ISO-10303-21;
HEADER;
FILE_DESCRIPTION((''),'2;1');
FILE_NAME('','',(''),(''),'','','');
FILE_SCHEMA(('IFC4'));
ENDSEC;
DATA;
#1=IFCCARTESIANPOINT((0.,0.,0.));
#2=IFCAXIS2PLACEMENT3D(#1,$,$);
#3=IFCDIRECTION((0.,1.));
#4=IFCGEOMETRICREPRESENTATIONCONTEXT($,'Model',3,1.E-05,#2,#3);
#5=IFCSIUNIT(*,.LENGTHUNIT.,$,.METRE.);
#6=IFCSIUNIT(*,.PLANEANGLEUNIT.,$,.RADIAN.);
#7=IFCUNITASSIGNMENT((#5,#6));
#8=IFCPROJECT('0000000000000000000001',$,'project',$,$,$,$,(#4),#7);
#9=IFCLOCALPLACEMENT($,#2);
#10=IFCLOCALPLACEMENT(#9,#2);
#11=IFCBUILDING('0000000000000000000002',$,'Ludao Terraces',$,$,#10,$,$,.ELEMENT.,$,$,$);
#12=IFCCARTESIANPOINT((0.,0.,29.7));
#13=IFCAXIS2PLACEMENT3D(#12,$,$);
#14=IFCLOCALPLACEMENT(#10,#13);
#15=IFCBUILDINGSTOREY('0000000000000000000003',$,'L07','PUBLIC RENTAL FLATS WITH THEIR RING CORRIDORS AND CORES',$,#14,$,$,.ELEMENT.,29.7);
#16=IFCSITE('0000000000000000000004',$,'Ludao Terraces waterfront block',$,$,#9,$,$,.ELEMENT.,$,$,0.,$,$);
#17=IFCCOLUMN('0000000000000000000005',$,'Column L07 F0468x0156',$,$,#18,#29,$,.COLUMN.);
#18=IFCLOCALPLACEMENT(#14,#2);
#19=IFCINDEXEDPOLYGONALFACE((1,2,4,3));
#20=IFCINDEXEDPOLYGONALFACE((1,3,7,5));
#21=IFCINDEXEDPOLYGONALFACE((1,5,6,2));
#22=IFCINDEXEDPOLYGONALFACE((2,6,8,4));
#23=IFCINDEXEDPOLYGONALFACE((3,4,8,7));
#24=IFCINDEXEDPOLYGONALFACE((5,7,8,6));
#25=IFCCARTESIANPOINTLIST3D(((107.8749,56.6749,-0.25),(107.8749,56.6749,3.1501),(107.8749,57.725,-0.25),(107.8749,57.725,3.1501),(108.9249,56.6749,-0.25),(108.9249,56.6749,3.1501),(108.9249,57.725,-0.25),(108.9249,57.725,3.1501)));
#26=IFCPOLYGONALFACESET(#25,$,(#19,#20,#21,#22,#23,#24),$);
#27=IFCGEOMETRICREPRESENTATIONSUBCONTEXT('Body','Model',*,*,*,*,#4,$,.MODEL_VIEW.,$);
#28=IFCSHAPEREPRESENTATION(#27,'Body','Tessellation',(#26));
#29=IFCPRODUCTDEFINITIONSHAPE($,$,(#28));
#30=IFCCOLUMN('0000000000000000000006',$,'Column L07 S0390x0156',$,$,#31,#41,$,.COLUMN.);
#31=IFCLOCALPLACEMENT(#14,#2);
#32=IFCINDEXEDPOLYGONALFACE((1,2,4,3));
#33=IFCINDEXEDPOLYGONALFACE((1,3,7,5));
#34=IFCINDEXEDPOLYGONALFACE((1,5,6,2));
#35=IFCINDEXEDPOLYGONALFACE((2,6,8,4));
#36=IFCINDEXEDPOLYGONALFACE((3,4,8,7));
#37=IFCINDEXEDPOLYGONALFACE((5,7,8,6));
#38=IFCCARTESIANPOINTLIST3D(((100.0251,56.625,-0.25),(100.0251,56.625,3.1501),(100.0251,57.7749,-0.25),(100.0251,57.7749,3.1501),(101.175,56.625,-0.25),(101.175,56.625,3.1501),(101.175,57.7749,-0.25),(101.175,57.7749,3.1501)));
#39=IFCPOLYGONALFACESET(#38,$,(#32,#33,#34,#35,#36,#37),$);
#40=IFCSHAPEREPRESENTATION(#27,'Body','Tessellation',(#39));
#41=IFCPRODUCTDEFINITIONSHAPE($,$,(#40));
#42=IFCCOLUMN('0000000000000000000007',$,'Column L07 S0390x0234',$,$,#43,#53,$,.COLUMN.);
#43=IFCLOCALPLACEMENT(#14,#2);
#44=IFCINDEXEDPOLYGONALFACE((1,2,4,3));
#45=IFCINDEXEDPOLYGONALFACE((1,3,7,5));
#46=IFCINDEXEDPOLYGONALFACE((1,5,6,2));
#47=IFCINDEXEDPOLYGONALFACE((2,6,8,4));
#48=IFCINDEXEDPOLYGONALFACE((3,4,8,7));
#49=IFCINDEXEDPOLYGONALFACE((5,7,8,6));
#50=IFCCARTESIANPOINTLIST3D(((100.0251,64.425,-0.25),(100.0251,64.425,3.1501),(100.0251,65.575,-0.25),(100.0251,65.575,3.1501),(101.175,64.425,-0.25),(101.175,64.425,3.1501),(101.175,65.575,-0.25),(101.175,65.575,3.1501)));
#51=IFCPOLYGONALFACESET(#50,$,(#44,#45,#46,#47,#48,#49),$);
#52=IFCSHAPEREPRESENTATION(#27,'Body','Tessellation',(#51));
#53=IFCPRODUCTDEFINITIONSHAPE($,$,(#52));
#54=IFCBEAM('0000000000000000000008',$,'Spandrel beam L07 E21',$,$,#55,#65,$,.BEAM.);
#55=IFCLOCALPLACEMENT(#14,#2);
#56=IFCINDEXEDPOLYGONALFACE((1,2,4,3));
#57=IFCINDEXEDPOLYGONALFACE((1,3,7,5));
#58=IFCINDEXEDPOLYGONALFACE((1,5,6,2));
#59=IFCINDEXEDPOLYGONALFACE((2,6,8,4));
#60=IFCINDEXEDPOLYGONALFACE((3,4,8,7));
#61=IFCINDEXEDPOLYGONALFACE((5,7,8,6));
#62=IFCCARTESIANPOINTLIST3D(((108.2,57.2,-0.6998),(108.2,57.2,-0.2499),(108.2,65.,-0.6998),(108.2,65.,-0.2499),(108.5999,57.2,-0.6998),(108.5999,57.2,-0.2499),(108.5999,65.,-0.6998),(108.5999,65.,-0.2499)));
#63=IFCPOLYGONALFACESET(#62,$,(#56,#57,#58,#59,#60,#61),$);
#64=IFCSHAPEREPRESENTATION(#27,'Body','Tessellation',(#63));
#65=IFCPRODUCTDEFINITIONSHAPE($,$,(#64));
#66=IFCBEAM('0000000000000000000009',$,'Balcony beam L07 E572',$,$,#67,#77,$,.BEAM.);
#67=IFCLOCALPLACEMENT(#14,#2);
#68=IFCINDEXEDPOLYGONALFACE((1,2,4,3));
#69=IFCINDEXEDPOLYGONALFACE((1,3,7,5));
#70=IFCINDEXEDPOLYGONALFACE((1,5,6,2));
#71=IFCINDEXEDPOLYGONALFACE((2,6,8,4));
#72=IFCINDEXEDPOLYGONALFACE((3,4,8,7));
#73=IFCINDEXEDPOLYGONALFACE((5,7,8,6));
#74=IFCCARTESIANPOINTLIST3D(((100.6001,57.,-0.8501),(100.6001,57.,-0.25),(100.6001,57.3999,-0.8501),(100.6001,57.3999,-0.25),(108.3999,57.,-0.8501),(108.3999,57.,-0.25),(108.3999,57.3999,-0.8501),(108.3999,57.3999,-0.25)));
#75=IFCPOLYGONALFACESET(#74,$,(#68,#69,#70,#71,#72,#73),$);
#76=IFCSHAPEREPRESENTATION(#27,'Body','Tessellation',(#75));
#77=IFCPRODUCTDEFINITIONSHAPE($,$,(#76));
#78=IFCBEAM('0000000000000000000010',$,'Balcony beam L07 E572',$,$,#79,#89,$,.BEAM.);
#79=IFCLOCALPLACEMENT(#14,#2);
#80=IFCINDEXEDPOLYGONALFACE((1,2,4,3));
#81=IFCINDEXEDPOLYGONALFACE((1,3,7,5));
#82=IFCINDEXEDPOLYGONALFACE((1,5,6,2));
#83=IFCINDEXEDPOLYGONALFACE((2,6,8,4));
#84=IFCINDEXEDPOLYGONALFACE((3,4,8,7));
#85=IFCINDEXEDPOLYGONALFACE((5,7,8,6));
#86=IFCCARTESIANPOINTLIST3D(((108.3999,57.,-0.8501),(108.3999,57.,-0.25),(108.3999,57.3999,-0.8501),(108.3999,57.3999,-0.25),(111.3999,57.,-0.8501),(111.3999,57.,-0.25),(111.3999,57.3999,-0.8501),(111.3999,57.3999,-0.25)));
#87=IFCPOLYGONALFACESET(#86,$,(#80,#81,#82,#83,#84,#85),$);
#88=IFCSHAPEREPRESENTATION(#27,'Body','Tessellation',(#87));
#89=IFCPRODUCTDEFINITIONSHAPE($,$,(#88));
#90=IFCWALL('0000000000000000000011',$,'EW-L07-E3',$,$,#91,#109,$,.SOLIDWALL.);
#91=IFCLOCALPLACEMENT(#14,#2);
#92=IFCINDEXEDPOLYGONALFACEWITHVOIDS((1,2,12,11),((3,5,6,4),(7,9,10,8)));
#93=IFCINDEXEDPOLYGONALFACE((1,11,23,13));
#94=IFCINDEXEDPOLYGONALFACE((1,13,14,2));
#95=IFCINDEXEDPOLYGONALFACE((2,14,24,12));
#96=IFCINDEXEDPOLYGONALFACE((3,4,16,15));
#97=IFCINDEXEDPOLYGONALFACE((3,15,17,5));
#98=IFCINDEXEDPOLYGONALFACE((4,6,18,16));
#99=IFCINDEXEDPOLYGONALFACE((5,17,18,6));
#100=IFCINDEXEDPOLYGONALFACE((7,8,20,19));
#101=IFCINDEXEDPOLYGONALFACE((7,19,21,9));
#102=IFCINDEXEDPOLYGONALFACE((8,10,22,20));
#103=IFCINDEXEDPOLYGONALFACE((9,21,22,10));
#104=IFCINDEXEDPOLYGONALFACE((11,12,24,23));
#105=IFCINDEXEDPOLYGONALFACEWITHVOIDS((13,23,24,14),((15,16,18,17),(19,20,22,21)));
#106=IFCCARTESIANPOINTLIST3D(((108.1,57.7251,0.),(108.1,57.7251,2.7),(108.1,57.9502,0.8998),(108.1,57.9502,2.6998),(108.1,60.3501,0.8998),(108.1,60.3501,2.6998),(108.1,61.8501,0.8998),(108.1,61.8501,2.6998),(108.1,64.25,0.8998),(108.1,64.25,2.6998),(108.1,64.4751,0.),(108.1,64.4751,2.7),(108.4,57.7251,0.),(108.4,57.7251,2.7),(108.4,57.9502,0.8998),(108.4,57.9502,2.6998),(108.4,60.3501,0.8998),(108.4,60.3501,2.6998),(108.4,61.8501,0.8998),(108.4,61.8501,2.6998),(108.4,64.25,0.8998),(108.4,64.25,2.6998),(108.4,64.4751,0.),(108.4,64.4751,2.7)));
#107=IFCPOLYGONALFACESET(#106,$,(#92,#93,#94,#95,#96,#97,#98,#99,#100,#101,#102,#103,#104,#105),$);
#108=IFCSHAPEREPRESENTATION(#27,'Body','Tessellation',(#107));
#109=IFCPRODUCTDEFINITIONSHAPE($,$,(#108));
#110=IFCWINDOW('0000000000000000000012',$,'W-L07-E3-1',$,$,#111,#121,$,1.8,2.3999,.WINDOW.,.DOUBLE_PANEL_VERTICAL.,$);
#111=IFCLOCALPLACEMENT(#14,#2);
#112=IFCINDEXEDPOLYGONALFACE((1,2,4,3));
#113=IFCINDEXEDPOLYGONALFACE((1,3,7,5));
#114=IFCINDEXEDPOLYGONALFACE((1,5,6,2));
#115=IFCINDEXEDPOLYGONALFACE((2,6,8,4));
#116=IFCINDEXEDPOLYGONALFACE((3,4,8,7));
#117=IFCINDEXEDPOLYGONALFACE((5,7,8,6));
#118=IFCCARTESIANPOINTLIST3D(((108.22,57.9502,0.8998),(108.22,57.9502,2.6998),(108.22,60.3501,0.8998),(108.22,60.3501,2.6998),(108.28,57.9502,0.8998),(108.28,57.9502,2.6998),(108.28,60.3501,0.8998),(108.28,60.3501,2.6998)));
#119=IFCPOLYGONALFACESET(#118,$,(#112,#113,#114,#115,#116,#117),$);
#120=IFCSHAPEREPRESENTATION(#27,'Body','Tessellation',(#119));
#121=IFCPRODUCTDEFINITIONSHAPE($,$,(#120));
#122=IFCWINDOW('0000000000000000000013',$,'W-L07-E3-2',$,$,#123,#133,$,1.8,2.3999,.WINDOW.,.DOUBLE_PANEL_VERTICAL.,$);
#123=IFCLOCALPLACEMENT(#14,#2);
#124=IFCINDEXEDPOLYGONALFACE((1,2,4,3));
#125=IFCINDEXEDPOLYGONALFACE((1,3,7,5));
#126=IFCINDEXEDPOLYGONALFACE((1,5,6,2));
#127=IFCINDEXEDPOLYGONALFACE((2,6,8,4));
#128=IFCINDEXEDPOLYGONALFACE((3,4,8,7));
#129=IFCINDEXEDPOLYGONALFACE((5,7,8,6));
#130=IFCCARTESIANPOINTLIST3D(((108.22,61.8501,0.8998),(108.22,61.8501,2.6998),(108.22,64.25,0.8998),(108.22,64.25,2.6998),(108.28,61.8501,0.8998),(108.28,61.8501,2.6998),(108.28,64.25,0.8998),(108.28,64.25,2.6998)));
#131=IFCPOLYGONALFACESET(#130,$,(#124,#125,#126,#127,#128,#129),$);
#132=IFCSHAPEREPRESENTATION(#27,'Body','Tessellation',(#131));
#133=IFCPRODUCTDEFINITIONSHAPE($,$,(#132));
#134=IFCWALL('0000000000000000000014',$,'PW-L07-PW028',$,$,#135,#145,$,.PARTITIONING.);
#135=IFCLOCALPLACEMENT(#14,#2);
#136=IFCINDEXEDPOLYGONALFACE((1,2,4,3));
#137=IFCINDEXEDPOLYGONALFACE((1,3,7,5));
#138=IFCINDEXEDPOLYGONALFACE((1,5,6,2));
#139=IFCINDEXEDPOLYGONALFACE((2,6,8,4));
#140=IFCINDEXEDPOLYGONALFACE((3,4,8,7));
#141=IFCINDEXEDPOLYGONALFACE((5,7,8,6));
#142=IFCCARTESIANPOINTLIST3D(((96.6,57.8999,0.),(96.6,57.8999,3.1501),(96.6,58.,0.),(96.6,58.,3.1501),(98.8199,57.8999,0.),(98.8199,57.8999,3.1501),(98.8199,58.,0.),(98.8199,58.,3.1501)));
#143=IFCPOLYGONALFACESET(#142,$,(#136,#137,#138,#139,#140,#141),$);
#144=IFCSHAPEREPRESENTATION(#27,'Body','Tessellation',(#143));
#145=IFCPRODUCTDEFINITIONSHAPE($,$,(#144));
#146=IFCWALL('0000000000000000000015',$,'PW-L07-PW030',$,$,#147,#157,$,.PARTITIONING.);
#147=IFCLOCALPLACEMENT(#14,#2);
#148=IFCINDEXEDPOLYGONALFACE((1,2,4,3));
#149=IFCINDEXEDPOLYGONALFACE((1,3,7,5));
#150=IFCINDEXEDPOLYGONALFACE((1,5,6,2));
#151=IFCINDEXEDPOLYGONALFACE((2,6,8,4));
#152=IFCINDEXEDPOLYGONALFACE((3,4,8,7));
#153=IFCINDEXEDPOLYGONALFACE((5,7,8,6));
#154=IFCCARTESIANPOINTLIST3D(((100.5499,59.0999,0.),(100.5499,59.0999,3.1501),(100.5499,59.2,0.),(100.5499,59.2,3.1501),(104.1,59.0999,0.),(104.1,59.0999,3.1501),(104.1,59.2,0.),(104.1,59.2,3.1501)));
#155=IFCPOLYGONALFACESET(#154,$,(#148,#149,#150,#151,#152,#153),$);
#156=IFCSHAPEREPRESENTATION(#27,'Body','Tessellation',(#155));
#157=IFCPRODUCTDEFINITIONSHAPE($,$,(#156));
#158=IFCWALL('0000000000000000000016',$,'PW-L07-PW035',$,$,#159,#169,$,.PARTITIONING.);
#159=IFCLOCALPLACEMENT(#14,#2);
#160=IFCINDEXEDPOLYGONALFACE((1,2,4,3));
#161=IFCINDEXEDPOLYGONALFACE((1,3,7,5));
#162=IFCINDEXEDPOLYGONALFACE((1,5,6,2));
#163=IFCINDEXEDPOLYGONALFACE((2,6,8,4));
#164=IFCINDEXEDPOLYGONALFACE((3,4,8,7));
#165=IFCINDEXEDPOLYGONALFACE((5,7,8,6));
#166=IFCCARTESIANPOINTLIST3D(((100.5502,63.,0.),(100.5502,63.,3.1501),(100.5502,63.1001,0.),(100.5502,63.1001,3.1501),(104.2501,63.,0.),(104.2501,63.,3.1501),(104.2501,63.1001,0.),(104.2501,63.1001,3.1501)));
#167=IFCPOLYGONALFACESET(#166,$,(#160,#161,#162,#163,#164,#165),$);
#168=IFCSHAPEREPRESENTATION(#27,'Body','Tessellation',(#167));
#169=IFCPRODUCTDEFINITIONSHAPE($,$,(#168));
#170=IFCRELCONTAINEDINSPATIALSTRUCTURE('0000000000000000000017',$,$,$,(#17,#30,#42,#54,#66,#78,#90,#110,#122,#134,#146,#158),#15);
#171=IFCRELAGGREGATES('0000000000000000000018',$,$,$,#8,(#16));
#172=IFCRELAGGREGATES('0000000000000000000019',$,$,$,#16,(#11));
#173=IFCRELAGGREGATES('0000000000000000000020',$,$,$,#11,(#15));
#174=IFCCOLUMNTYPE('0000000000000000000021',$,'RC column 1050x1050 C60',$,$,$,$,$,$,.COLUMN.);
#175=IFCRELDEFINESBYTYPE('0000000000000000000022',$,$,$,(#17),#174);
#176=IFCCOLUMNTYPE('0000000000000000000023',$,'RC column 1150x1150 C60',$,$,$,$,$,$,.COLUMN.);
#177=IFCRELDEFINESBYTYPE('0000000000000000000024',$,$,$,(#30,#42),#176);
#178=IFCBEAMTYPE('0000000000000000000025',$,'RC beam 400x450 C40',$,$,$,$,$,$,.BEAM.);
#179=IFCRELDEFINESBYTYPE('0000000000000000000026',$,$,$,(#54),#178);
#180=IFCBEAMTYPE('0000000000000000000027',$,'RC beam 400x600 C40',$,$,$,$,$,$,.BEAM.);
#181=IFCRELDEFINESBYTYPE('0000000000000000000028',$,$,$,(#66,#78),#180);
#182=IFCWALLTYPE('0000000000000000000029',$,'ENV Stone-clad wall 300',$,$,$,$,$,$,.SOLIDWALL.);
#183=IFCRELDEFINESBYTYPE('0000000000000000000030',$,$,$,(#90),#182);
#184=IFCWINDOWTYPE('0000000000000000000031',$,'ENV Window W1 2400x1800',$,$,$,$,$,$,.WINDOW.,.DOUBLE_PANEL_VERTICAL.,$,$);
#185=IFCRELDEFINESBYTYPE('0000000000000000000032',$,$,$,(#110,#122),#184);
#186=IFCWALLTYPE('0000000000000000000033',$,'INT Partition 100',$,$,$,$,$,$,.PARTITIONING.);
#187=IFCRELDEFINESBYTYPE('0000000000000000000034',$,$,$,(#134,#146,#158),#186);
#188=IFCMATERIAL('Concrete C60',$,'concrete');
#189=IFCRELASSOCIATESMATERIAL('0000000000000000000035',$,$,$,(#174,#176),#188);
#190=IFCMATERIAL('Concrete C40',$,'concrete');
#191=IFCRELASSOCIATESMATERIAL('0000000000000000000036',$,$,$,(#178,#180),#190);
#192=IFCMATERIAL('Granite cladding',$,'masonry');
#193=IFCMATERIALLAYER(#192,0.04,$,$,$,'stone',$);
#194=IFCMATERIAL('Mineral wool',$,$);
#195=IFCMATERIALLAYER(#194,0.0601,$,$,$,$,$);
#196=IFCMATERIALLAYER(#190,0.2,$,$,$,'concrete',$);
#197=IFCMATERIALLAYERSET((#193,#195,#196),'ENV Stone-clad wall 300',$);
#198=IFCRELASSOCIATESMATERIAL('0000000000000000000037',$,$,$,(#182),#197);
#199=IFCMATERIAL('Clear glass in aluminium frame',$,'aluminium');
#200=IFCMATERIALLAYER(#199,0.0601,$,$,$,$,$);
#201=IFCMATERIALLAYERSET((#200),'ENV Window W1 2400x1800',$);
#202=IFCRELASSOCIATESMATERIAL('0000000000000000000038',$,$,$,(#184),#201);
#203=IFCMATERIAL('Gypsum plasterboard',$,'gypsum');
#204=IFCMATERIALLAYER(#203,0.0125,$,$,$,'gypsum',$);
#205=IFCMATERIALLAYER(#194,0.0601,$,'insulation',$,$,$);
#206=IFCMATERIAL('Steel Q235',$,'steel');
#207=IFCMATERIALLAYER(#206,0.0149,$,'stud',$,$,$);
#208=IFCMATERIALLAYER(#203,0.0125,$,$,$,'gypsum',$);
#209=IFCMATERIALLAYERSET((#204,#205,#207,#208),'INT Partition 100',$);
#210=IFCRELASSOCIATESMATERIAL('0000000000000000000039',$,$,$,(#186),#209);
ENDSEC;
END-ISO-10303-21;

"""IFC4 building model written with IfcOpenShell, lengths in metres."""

from ifc_helpers import new_model, si_unit, direction, frame, frame_2d, origin, origin_2d, place, context, subcontext, project, spatial, rectangle, extrude, material, layer, layer_set, material_profile, profile_set, type_object, element, fill, save


model = new_model("IFC4")

# Units and contexts
model_context = context("Model", 3, precision=1e-05, world=origin(), true_north=direction((0.0, 1.0)))
body_context = subcontext(model_context, "Body", "Model", "MODEL_VIEW")
ifc_project = project(units=[si_unit("LENGTHUNIT", "METRE"), si_unit("PLANEANGLEUNIT", "RADIAN")], contexts=[model_context])

# Site, building, storey
site_placement = place(None, origin())
site = spatial("IfcSite", under=ifc_project, at=site_placement, Name="Ludao Terraces waterfront block", CompositionType="ELEMENT", RefElevation=0.0)
building_placement = place(site_placement, origin())
building = spatial("IfcBuilding", under=site, at=building_placement, Name="Ludao Terraces", CompositionType="ELEMENT")
storey_placement = place(building_placement, frame((0.0, 0.0, 29.7)))
storey = spatial("IfcBuildingStorey", under=building, at=storey_placement, Name="L07", Description="PUBLIC RENTAL FLATS WITH THEIR RING CORRIDORS AND CORES", CompositionType="ELEMENT", Elevation=29.7)

# Columns
ifc_material_1 = material(Name="Concrete C60", Category="concrete")
ifc_material_profile_1 = material_profile(ifc_material_1, rectangle(XDim=1.05, YDim=1.05, at=origin_2d()), Name="1050 X 1050")
ifc_profile_set_1 = profile_set([ifc_material_profile_1], Name="Concrete C60")
column_type_1 = type_object("IfcColumnType", Name="RC column 1050x1050 C60", PredefinedType="COLUMN", material=ifc_profile_set_1)
column_placement = place(storey_placement, frame((108.3999, 57.2, -0.25), z_axis=(0.0, 0.0, 1.0), x_axis=(1.0, 0.0, 0.0)))
element("IfcColumn", 1, at=column_placement, inside=storey, type_object=column_type_1, Name="Column L07 F0468x0156", PredefinedType="COLUMN", context=body_context, shape_type="SweptSolid", body=[
    extrude(rectangle(XDim=1.05, YDim=1.05, at=origin_2d()), origin(), (0.0, 0.0, 1.0), 3.4001),
])
ifc_material_profile_2 = material_profile(ifc_material_1, rectangle(XDim=1.1499, YDim=1.1499, at=origin_2d()), Name="1150 X 1150")
ifc_profile_set_2 = profile_set([ifc_material_profile_2], Name="Concrete C60")
column_type_2 = type_object("IfcColumnType", Name="RC column 1150x1150 C60", PredefinedType="COLUMN", material=ifc_profile_set_2)
for number, where, z_axis, x_axis, name in (
    (2, (100.6001, 57.2, -0.25), (0.0, 0.0, 1.0), (1.0, 0.0, 0.0), "Column L07 S0390x0156"),
    (3, (100.6001, 65.0, -0.25), (0.0, 0.0, 1.0), (1.0, 0.0, 0.0), "Column L07 S0390x0234"),
):
    element("IfcColumn", number, at=place(storey_placement, frame(where, z_axis=z_axis, x_axis=x_axis)), inside=storey, type_object=column_type_2, Name=name, PredefinedType="COLUMN", context=body_context, shape_type="SweptSolid", body=[
        extrude(rectangle(XDim=1.1499, YDim=1.1499, at=origin_2d()), origin(), (0.0, 0.0, 1.0), 3.4001),
    ])

# Beams
ifc_material_2 = material(Name="Concrete C40", Category="concrete")
ifc_material_profile_3 = material_profile(ifc_material_2, rectangle(XDim=0.3999, YDim=0.45, at=origin_2d()), Name="400 X 450")
ifc_profile_set_3 = profile_set([ifc_material_profile_3], Name="Concrete C40")
beam_type_1 = type_object("IfcBeamType", Name="RC beam 400x450 C40", PredefinedType="BEAM", material=ifc_profile_set_3)
beam_1_placement = place(storey_placement, frame((108.3999, 57.2, -0.4749), z_axis=(0.0, 1.0, 0.0), x_axis=(-1.0, 0.0, 0.0)))
element("IfcBeam", 4, at=beam_1_placement, inside=storey, type_object=beam_type_1, Name="Spandrel beam L07 E21", PredefinedType="BEAM", context=body_context, shape_type="SweptSolid", body=[
    extrude(rectangle(XDim=0.3999, YDim=0.45, at=origin_2d()), origin(), (0.0, 0.0, 1.0), 7.8),
])
ifc_material_profile_4 = material_profile(ifc_material_2, rectangle(XDim=0.3999, YDim=0.6001, at=origin_2d()), Name="400 X 600")
ifc_profile_set_4 = profile_set([ifc_material_profile_4], Name="Concrete C40")
beam_type_2 = type_object("IfcBeamType", Name="RC beam 400x600 C40", PredefinedType="BEAM", material=ifc_profile_set_4)
beam_2_placement = place(storey_placement, frame((100.6001, 57.2, -0.55), z_axis=(1.0, 0.0, 0.0), x_axis=(0.0, 1.0, 0.0)))
element("IfcBeam", 5, at=beam_2_placement, inside=storey, type_object=beam_type_2, Name="Balcony beam L07 E572", PredefinedType="BEAM", context=body_context, shape_type="SweptSolid", body=[
    extrude(rectangle(XDim=0.3999, YDim=0.6001, at=origin_2d()), origin(), (0.0, 0.0, 1.0), 7.7998),
])
beam_3_placement = place(storey_placement, frame((108.3999, 57.2, -0.55), z_axis=(1.0, 0.0, 0.0), x_axis=(0.0, 1.0, 0.0)))
element("IfcBeam", 6, at=beam_3_placement, inside=storey, type_object=beam_type_2, Name="Balcony beam L07 E572", PredefinedType="BEAM", context=body_context, shape_type="SweptSolid", body=[
    extrude(rectangle(XDim=0.3999, YDim=0.6001, at=origin_2d()), origin(), (0.0, 0.0, 1.0), 3.0),
])

# Wall, openings, windows
ifc_material_3 = material(Name="Granite cladding", Category="masonry")
ifc_layer_1 = layer(ifc_material_3, 0.04, Category="stone")
ifc_material_4 = material(Name="Mineral wool")
ifc_layer_2 = layer(ifc_material_4, 0.0601)
ifc_layer_3 = layer(ifc_material_2, 0.2, Category="concrete")
ifc_layer_set_1 = layer_set([ifc_layer_1, ifc_layer_2, ifc_layer_3], Name="ENV Stone-clad wall 300")
wall_type_1 = type_object("IfcWallType", Name="ENV Stone-clad wall 300", PredefinedType="SOLIDWALL", material=ifc_layer_set_1)
wall_1_placement = place(storey_placement, frame((108.25, 57.7251, 0.0), z_axis=(0.0, 0.0, 1.0), x_axis=(0.0, 1.0, 0.0)))
wall_1 = element("IfcWall", 7, at=wall_1_placement, inside=storey, type_object=wall_type_1, Name="EW-L07-E3", PredefinedType="SOLIDWALL", context=body_context, shape_type="SweptSolid", body=[
    extrude(rectangle(XDim=6.75, YDim=0.3, at=frame_2d((3.375, 0.0))), origin(), (0.0, 0.0, 1.0), 2.7),
])
opening_1_placement = place(wall_1_placement, frame((0.2251, 0.0, 0.8999)))
opening_1 = element("IfcOpeningElement", 8, at=opening_1_placement, cuts=wall_1, PredefinedType="OPENING", context=body_context, shape_type="SweptSolid", body=[
    extrude(rectangle(XDim=2.3999, YDim=1.8, at=frame_2d((1.2, 0.8999))), frame((0.0, 0.1602, 0.0), z_axis=(0.0, -1.0, 0.0), x_axis=(1.0, 0.0, 0.0)), (0.0, 0.0, 1.0), 0.3201),
])
opening_2_placement = place(wall_1_placement, frame((4.125, 0.0, 0.8999)))
opening_2 = element("IfcOpeningElement", 9, at=opening_2_placement, cuts=wall_1, PredefinedType="OPENING", context=body_context, shape_type="SweptSolid", body=[
    extrude(rectangle(XDim=2.3999, YDim=1.8, at=frame_2d((1.2, 0.8999))), frame((0.0, 0.1602, 0.0), z_axis=(0.0, -1.0, 0.0), x_axis=(1.0, 0.0, 0.0)), (0.0, 0.0, 1.0), 0.3201),
])
ifc_material_5 = material(Name="Clear glass in aluminium frame", Category="aluminium")
ifc_layer_4 = layer(ifc_material_5, 0.0601)
ifc_layer_set_2 = layer_set([ifc_layer_4], Name="ENV Window W1 2400x1800")
window_type = type_object("IfcWindowType", Name="ENV Window W1 2400x1800", PartitioningType="DOUBLE_PANEL_VERTICAL", PredefinedType="WINDOW", material=ifc_layer_set_2)
window_1_placement = place(opening_1_placement, origin())
window_1 = element("IfcWindow", 10, at=window_1_placement, inside=storey, type_object=window_type, Name="W-L07-E3-1", OverallHeight=1.8, OverallWidth=2.3999, PartitioningType="DOUBLE_PANEL_VERTICAL", PredefinedType="WINDOW", context=body_context, shape_type="SweptSolid", body=[
    extrude(rectangle(XDim=2.3999, YDim=1.8, at=frame_2d((1.2, 0.8999))), frame((0.0, 0.03, 0.0), z_axis=(0.0, -1.0, 0.0), x_axis=(1.0, 0.0, 0.0)), (0.0, 0.0, 1.0), 0.0601),
])
fill(opening_1, window_1)
window_2_placement = place(opening_2_placement, origin())
window_2 = element("IfcWindow", 11, at=window_2_placement, inside=storey, type_object=window_type, Name="W-L07-E3-2", OverallHeight=1.8, OverallWidth=2.3999, PartitioningType="DOUBLE_PANEL_VERTICAL", PredefinedType="WINDOW", context=body_context, shape_type="SweptSolid", body=[
    extrude(rectangle(XDim=2.3999, YDim=1.8, at=frame_2d((1.2, 0.8999))), frame((0.0, 0.03, 0.0), z_axis=(0.0, -1.0, 0.0), x_axis=(1.0, 0.0, 0.0)), (0.0, 0.0, 1.0), 0.0601),
])
fill(opening_2, window_2)

# Walls
ifc_material_6 = material(Name="Gypsum plasterboard", Category="gypsum")
ifc_layer_5 = layer(ifc_material_6, 0.0125, Category="gypsum")
ifc_layer_6 = layer(ifc_material_4, 0.0601, Name="insulation")
ifc_material_7 = material(Name="Steel Q235", Category="steel")
ifc_layer_7 = layer(ifc_material_7, 0.0149, Name="stud")
ifc_layer_8 = layer(ifc_material_6, 0.0125, Category="gypsum")
ifc_layer_set_3 = layer_set([ifc_layer_5, ifc_layer_6, ifc_layer_7, ifc_layer_8], Name="INT Partition 100")
wall_type_2 = type_object("IfcWallType", Name="INT Partition 100", PredefinedType="PARTITIONING", material=ifc_layer_set_3)
wall_2_placement = place(storey_placement, frame((96.6001, 57.95, 0.0), z_axis=(0.0, 0.0, 1.0), x_axis=(1.0, 0.0, 0.0)))
element("IfcWall", 12, at=wall_2_placement, inside=storey, type_object=wall_type_2, Name="PW-L07-PW028", PredefinedType="PARTITIONING", context=body_context, shape_type="SweptSolid", body=[
    extrude(rectangle(XDim=2.22, YDim=0.1001, at=frame_2d((1.1099, 0.0))), origin(), (0.0, 0.0, 1.0), 3.1501),
])
wall_3_placement = place(storey_placement, frame((100.55, 59.1499, 0.0), z_axis=(0.0, 0.0, 1.0), x_axis=(1.0, 0.0, 0.0)))
element("IfcWall", 13, at=wall_3_placement, inside=storey, type_object=wall_type_2, Name="PW-L07-PW030", PredefinedType="PARTITIONING", context=body_context, shape_type="SweptSolid", body=[
    extrude(rectangle(XDim=3.55, YDim=0.1001, at=frame_2d((1.7749, 0.0))), origin(), (0.0, 0.0, 1.0), 3.1501),
])
wall_4_placement = place(storey_placement, frame((100.55, 63.05, 0.0), z_axis=(0.0, 0.0, 1.0), x_axis=(1.0, 0.0, 0.0)))
element("IfcWall", 14, at=wall_4_placement, inside=storey, type_object=wall_type_2, Name="PW-L07-PW035", PredefinedType="PARTITIONING", context=body_context, shape_type="SweptSolid", body=[
    extrude(rectangle(XDim=3.7, YDim=0.1001, at=frame_2d((1.8501, 0.0))), origin(), (0.0, 0.0, 1.0), 3.1501),
])

save(model, "model.ifc")
